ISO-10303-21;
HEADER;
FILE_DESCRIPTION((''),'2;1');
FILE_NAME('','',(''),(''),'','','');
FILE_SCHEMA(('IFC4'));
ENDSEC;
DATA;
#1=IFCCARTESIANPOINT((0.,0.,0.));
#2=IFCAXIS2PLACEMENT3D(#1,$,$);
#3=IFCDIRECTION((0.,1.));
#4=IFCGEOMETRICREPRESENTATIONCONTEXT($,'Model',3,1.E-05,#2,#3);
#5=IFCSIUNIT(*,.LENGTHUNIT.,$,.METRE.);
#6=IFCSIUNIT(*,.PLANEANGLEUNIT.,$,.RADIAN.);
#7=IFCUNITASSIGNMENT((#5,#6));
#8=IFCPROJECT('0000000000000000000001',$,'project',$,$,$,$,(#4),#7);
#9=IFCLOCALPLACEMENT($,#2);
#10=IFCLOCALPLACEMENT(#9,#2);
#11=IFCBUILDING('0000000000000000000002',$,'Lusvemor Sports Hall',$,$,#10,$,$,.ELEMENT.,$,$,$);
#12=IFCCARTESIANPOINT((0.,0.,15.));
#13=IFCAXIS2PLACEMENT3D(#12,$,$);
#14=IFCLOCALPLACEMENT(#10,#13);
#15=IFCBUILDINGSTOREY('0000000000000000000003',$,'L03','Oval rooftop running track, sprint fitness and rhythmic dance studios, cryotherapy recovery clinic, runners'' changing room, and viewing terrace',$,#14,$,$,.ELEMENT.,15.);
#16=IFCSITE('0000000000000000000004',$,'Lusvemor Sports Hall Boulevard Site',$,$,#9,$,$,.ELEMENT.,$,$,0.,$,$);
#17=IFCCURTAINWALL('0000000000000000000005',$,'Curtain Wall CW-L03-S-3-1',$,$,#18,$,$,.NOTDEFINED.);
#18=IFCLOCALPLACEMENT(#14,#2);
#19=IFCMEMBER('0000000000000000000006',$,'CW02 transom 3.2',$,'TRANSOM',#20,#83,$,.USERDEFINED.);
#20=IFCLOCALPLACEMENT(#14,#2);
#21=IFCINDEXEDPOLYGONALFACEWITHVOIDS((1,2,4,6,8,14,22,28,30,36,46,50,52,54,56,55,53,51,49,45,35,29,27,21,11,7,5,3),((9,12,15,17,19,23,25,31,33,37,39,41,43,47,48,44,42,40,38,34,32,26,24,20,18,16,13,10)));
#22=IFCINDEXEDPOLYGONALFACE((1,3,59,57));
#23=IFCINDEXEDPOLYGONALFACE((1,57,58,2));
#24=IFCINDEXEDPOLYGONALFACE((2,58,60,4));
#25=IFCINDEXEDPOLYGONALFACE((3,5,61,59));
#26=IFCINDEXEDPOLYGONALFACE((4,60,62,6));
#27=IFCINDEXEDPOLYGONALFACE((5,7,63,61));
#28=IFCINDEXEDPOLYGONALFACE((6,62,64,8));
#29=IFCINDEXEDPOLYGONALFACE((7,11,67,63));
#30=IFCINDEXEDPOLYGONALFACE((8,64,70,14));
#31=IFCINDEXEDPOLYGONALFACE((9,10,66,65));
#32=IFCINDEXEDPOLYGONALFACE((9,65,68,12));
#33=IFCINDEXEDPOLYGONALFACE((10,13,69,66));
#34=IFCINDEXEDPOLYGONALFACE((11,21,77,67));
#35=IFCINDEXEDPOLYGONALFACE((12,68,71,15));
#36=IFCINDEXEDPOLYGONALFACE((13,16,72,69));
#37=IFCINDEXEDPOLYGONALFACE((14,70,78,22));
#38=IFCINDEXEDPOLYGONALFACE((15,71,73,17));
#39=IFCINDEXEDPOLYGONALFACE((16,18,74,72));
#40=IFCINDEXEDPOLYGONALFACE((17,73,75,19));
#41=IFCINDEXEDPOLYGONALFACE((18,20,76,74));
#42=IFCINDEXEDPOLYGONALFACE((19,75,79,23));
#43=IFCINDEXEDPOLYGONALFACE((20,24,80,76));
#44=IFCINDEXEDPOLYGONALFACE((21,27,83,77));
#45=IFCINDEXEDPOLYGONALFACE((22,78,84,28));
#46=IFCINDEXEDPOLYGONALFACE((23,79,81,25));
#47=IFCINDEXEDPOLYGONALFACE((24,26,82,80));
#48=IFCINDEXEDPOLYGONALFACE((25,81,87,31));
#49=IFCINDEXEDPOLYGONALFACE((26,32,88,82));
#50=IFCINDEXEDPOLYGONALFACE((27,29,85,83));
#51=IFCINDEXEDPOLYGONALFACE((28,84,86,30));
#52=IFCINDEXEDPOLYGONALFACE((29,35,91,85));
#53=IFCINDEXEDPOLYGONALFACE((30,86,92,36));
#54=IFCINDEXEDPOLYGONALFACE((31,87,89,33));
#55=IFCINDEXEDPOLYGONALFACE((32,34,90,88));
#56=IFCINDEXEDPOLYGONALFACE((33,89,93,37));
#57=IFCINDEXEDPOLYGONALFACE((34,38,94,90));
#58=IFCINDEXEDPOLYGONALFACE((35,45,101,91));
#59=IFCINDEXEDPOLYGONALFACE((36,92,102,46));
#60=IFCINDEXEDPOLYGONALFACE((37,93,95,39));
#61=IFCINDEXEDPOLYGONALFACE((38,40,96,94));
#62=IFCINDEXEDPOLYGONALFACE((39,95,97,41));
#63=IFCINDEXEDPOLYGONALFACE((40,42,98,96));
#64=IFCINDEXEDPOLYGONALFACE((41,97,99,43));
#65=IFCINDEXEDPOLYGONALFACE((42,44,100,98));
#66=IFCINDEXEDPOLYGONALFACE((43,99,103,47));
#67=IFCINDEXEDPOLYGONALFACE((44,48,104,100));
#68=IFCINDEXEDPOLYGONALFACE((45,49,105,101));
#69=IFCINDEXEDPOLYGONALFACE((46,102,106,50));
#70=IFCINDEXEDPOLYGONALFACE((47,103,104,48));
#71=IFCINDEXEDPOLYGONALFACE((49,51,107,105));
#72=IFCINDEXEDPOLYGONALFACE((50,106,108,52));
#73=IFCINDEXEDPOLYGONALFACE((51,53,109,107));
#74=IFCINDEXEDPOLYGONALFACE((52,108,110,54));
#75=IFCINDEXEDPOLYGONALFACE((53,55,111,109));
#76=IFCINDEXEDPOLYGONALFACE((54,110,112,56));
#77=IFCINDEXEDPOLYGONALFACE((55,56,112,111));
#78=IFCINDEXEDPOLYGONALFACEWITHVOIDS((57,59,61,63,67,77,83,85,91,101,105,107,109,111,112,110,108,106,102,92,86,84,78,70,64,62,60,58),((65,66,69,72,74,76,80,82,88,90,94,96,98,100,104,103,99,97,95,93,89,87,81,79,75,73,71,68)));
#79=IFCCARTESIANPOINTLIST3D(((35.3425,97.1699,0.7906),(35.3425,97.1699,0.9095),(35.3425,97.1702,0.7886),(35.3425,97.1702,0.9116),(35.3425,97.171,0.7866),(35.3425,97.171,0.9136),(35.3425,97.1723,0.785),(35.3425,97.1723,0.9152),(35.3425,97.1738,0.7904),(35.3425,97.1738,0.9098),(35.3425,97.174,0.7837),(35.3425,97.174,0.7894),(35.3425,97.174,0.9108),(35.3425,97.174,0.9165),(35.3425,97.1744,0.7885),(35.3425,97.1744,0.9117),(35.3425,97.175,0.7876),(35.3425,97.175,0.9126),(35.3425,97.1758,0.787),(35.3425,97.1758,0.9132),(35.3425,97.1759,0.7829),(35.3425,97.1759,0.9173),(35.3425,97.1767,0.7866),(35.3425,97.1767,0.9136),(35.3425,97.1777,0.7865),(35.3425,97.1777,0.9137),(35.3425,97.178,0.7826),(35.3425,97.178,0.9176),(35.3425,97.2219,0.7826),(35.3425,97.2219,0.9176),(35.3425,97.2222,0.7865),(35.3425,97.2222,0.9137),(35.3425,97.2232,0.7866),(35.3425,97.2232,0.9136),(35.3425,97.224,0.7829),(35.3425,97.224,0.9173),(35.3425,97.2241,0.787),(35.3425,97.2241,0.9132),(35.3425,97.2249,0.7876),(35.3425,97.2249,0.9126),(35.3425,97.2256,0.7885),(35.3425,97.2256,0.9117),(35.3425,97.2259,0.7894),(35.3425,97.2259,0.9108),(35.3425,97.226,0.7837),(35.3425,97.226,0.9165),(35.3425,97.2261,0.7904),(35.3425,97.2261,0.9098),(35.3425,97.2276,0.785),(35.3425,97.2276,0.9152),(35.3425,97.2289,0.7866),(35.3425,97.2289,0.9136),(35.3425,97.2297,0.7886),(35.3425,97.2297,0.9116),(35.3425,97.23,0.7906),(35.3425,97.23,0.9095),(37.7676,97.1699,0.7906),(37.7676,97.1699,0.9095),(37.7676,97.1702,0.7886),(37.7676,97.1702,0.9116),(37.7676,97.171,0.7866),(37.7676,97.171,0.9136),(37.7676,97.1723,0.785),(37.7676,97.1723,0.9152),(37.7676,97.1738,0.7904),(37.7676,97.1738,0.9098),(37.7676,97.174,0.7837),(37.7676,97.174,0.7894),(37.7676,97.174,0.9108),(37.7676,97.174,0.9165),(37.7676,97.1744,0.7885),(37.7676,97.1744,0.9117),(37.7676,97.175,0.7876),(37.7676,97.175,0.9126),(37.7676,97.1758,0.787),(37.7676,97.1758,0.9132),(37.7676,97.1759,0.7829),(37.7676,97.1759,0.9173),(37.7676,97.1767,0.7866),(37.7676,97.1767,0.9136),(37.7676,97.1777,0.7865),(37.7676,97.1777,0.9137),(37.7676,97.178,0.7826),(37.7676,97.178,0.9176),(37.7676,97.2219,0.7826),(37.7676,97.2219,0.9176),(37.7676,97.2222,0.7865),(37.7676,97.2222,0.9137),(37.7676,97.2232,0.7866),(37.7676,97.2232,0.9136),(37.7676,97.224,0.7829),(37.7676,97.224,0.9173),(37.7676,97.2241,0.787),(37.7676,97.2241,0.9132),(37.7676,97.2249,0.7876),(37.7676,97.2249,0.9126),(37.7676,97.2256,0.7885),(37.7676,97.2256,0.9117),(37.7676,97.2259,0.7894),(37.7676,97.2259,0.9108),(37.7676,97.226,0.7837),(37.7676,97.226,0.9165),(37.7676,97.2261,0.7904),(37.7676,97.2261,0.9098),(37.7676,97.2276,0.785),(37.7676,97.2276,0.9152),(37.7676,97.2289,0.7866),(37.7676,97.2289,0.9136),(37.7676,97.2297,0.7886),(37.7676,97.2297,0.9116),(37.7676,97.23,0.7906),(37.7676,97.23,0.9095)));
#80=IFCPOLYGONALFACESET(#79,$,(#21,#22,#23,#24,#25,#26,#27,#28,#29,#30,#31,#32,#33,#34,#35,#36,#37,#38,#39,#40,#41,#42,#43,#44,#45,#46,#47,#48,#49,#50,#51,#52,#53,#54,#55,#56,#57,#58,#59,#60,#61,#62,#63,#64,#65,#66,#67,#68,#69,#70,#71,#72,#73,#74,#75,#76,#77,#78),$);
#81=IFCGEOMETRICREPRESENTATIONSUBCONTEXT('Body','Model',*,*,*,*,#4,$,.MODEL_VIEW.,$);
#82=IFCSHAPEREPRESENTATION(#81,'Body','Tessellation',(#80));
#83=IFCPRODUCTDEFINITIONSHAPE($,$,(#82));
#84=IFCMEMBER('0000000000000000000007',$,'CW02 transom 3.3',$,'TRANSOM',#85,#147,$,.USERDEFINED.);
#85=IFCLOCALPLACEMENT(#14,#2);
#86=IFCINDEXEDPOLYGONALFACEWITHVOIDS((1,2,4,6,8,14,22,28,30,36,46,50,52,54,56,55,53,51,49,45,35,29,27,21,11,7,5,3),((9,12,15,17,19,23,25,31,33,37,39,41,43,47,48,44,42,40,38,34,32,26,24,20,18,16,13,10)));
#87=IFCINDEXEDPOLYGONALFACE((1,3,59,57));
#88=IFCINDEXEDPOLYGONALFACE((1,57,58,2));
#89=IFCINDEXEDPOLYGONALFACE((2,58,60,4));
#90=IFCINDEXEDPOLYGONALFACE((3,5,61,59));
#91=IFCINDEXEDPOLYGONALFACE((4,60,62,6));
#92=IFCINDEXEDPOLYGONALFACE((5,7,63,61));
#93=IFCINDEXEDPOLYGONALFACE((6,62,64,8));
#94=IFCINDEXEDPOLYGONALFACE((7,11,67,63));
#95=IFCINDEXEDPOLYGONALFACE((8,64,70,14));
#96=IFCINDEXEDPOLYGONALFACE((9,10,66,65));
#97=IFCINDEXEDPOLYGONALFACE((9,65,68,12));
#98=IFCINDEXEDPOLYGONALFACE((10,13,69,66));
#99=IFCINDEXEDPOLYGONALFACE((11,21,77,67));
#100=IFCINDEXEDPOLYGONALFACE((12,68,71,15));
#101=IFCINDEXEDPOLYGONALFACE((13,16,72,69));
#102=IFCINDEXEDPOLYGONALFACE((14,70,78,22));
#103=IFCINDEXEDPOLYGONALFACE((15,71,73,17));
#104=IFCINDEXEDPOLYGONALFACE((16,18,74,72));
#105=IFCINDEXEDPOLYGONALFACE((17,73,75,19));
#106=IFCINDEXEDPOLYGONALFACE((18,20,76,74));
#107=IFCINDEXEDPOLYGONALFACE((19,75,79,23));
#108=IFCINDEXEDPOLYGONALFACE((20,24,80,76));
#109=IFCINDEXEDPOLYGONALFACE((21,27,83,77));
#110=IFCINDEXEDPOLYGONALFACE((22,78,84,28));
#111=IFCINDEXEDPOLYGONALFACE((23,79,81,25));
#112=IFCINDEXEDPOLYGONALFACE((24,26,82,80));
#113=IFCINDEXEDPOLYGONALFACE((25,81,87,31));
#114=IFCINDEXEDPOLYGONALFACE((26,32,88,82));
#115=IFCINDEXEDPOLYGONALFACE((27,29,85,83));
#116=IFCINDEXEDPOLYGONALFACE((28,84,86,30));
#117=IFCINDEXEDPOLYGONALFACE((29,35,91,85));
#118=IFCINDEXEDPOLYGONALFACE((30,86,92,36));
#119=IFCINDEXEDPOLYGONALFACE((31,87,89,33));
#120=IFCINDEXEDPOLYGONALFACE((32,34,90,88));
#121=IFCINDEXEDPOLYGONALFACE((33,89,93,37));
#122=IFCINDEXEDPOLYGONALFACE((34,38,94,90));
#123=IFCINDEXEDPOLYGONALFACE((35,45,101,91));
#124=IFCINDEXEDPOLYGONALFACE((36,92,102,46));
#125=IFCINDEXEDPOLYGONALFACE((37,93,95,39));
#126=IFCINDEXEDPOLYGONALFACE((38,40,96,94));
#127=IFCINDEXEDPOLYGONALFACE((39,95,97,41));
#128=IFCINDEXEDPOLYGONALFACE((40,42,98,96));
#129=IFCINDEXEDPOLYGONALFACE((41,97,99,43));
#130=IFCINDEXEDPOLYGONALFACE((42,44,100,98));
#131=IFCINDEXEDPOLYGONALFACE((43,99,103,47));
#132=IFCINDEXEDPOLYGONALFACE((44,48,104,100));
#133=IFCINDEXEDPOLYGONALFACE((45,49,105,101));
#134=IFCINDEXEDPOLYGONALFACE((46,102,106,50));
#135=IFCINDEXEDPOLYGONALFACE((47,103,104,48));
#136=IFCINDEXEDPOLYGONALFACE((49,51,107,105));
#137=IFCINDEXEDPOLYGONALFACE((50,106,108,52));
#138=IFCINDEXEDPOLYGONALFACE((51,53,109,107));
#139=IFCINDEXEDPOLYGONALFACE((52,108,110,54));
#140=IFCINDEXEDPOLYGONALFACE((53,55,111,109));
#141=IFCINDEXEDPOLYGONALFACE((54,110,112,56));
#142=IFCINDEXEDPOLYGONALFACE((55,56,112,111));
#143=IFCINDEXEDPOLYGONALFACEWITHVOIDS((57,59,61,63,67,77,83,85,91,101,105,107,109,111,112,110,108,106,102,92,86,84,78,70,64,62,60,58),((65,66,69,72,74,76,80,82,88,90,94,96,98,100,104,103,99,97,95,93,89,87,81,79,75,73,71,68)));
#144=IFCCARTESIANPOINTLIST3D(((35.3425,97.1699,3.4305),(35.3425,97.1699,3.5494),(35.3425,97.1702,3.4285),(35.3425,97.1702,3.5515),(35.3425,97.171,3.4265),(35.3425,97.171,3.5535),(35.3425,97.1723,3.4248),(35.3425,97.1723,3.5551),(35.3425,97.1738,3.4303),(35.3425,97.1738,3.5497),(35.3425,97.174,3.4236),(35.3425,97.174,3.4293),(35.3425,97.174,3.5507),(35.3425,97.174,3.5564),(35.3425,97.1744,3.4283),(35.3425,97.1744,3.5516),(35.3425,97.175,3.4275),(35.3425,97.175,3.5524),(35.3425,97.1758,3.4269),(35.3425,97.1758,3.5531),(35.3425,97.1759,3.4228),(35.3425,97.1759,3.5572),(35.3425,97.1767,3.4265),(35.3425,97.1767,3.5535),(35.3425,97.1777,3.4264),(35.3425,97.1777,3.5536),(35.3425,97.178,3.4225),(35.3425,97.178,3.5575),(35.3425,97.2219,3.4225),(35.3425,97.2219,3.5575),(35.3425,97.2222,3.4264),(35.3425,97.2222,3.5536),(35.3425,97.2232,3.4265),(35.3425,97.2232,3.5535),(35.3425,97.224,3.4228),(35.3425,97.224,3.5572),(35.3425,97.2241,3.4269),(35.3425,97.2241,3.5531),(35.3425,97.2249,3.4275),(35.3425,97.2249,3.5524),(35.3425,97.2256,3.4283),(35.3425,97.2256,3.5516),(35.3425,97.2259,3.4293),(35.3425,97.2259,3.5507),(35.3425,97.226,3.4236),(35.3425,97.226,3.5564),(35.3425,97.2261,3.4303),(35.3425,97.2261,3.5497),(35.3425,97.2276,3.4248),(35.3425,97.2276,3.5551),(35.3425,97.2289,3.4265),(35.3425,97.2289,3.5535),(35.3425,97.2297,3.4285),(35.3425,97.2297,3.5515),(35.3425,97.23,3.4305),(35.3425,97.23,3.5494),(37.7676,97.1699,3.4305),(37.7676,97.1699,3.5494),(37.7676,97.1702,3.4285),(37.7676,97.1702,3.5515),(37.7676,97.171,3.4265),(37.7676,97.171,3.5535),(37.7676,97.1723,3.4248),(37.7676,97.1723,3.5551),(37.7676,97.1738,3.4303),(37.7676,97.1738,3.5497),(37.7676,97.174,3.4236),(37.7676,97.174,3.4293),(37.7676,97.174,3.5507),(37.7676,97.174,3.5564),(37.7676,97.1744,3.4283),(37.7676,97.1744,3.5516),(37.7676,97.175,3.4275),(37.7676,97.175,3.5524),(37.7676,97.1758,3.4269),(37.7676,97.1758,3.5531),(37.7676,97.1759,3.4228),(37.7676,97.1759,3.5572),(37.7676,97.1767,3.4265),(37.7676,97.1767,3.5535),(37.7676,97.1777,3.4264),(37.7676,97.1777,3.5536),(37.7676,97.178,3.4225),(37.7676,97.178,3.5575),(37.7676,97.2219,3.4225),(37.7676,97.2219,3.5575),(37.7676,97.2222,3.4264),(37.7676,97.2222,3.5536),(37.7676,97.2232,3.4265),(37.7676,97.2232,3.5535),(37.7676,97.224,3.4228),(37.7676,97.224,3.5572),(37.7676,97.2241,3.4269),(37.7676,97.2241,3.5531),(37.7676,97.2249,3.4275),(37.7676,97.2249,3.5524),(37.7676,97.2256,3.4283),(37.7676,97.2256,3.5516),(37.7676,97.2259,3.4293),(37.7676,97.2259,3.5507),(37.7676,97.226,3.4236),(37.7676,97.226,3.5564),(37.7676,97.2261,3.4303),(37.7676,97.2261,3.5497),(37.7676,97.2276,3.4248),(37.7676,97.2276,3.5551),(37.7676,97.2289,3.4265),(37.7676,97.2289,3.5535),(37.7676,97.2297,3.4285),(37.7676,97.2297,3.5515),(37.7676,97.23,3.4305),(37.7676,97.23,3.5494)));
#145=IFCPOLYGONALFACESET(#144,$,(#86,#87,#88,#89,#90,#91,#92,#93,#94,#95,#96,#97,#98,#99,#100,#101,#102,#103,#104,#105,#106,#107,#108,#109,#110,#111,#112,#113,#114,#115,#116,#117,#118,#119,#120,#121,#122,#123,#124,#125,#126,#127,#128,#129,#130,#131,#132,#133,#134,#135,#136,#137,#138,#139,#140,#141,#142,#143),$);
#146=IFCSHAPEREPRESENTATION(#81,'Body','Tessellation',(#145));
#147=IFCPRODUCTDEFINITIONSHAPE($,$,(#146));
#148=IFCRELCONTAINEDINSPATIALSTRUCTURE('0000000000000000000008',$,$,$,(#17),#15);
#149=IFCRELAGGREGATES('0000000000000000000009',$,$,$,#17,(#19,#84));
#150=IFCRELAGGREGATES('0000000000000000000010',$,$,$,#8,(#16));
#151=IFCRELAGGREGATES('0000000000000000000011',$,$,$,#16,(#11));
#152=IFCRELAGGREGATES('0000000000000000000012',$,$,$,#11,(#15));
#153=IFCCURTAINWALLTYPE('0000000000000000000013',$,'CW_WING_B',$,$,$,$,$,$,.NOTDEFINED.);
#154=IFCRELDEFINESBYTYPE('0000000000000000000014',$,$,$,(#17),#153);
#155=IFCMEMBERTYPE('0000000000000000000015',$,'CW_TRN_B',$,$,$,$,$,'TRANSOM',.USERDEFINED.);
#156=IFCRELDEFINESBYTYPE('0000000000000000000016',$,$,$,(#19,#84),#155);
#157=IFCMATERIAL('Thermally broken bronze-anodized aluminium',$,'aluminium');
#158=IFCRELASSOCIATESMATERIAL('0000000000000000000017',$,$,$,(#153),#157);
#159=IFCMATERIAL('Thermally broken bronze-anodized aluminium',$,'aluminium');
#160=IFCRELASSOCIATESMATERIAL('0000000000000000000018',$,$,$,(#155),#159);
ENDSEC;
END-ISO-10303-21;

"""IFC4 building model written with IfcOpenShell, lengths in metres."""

from ifc_helpers import new_model, si_unit, direction, frame, origin, origin_2d, place, context, subcontext, project, spatial, hollow_rectangle, extrude, material, material_profile, profile_set, type_object, element, aggregate, save


model = new_model("IFC4")

# Units and contexts
model_context = context("Model", 3, precision=1e-05, world=origin(), true_north=direction((0.0, 1.0)))
body_context = subcontext(model_context, "Body", "Model", "MODEL_VIEW")
ifc_project = project(units=[si_unit("LENGTHUNIT", "METRE"), si_unit("PLANEANGLEUNIT", "RADIAN")], contexts=[model_context])

# Site, building, storey
site_placement = place(None, origin())
site = spatial("IfcSite", under=ifc_project, at=site_placement, Name="Lusvemor Sports Hall Boulevard Site", CompositionType="ELEMENT", RefElevation=0.0)
building_placement = place(site_placement, origin())
building = spatial("IfcBuilding", under=site, at=building_placement, Name="Lusvemor Sports Hall", CompositionType="ELEMENT")
storey_placement = place(building_placement, frame((0.0, 0.0, 15.0)))
storey = spatial("IfcBuildingStorey", under=building, at=storey_placement, Name="L03", Description="Oval rooftop running track, sprint fitness and rhythmic dance studios, cryotherapy recovery clinic, runners' changing room, and viewing terrace", CompositionType="ELEMENT", Elevation=15.0)

# Curtain wall, members
ifc_material_1 = material(Name="Thermally broken bronze-anodized aluminium", Category="aluminium")
curtain_wall_type = type_object("IfcCurtainWallType", Name="CW_WING_B", PredefinedType="NOTDEFINED", material=ifc_material_1)
curtain_wall_placement = place(storey_placement, origin())
curtain_wall = element("IfcCurtainWall", 1, at=curtain_wall_placement, inside=storey, type_object=curtain_wall_type, Name="Curtain Wall CW-L03-S-3-1", PredefinedType="NOTDEFINED")
ifc_material_2 = material(Name="Thermally broken bronze-anodized aluminium", Category="aluminium")
ifc_material_profile_1 = material_profile(ifc_material_2, hollow_rectangle(XDim=0.0601, YDim=0.135, WallThickness=0.0039, InnerFilletRadius=0.0039, OuterFilletRadius=0.0081, at=origin_2d()), Name="CWTRN135x60x4")
ifc_profile_set_1 = profile_set([ifc_material_profile_1], Name="Thermally broken bronze-anodized aluminium")
member_type_1 = type_object("IfcMemberType", Name="CW_TRN_B", ElementType="TRANSOM", PredefinedType="USERDEFINED", material=ifc_profile_set_1)
member_1_placement = place(storey_placement, frame((37.7676, 97.2, 0.8501), z_axis=(-1.0, 0.0, 0.0), x_axis=(0.0, -1.0, 0.0)))
member_1 = element("IfcMember", 2, at=member_1_placement, type_object=member_type_1, Name="CW02 transom 3.2", ObjectType="TRANSOM", PredefinedType="USERDEFINED", context=body_context, shape_type="SweptSolid", body=[
    extrude(hollow_rectangle(XDim=0.0601, YDim=0.135, WallThickness=0.0039, InnerFilletRadius=0.0039, OuterFilletRadius=0.0081, at=origin_2d()), origin(), (0.0, 0.0, 1.0), 2.425),
])
member_2_placement = place(storey_placement, frame((37.7676, 97.2, 3.49), z_axis=(-1.0, 0.0, 0.0), x_axis=(0.0, -1.0, 0.0)))
member_2 = element("IfcMember", 3, at=member_2_placement, type_object=member_type_1, Name="CW02 transom 3.3", ObjectType="TRANSOM", PredefinedType="USERDEFINED", context=body_context, shape_type="SweptSolid", body=[
    extrude(hollow_rectangle(XDim=0.0601, YDim=0.135, WallThickness=0.0039, InnerFilletRadius=0.0039, OuterFilletRadius=0.0081, at=origin_2d()), origin(), (0.0, 0.0, 1.0), 2.425),
])

aggregate(curtain_wall, [member_1, member_2])

save(model, "model.ifc")
